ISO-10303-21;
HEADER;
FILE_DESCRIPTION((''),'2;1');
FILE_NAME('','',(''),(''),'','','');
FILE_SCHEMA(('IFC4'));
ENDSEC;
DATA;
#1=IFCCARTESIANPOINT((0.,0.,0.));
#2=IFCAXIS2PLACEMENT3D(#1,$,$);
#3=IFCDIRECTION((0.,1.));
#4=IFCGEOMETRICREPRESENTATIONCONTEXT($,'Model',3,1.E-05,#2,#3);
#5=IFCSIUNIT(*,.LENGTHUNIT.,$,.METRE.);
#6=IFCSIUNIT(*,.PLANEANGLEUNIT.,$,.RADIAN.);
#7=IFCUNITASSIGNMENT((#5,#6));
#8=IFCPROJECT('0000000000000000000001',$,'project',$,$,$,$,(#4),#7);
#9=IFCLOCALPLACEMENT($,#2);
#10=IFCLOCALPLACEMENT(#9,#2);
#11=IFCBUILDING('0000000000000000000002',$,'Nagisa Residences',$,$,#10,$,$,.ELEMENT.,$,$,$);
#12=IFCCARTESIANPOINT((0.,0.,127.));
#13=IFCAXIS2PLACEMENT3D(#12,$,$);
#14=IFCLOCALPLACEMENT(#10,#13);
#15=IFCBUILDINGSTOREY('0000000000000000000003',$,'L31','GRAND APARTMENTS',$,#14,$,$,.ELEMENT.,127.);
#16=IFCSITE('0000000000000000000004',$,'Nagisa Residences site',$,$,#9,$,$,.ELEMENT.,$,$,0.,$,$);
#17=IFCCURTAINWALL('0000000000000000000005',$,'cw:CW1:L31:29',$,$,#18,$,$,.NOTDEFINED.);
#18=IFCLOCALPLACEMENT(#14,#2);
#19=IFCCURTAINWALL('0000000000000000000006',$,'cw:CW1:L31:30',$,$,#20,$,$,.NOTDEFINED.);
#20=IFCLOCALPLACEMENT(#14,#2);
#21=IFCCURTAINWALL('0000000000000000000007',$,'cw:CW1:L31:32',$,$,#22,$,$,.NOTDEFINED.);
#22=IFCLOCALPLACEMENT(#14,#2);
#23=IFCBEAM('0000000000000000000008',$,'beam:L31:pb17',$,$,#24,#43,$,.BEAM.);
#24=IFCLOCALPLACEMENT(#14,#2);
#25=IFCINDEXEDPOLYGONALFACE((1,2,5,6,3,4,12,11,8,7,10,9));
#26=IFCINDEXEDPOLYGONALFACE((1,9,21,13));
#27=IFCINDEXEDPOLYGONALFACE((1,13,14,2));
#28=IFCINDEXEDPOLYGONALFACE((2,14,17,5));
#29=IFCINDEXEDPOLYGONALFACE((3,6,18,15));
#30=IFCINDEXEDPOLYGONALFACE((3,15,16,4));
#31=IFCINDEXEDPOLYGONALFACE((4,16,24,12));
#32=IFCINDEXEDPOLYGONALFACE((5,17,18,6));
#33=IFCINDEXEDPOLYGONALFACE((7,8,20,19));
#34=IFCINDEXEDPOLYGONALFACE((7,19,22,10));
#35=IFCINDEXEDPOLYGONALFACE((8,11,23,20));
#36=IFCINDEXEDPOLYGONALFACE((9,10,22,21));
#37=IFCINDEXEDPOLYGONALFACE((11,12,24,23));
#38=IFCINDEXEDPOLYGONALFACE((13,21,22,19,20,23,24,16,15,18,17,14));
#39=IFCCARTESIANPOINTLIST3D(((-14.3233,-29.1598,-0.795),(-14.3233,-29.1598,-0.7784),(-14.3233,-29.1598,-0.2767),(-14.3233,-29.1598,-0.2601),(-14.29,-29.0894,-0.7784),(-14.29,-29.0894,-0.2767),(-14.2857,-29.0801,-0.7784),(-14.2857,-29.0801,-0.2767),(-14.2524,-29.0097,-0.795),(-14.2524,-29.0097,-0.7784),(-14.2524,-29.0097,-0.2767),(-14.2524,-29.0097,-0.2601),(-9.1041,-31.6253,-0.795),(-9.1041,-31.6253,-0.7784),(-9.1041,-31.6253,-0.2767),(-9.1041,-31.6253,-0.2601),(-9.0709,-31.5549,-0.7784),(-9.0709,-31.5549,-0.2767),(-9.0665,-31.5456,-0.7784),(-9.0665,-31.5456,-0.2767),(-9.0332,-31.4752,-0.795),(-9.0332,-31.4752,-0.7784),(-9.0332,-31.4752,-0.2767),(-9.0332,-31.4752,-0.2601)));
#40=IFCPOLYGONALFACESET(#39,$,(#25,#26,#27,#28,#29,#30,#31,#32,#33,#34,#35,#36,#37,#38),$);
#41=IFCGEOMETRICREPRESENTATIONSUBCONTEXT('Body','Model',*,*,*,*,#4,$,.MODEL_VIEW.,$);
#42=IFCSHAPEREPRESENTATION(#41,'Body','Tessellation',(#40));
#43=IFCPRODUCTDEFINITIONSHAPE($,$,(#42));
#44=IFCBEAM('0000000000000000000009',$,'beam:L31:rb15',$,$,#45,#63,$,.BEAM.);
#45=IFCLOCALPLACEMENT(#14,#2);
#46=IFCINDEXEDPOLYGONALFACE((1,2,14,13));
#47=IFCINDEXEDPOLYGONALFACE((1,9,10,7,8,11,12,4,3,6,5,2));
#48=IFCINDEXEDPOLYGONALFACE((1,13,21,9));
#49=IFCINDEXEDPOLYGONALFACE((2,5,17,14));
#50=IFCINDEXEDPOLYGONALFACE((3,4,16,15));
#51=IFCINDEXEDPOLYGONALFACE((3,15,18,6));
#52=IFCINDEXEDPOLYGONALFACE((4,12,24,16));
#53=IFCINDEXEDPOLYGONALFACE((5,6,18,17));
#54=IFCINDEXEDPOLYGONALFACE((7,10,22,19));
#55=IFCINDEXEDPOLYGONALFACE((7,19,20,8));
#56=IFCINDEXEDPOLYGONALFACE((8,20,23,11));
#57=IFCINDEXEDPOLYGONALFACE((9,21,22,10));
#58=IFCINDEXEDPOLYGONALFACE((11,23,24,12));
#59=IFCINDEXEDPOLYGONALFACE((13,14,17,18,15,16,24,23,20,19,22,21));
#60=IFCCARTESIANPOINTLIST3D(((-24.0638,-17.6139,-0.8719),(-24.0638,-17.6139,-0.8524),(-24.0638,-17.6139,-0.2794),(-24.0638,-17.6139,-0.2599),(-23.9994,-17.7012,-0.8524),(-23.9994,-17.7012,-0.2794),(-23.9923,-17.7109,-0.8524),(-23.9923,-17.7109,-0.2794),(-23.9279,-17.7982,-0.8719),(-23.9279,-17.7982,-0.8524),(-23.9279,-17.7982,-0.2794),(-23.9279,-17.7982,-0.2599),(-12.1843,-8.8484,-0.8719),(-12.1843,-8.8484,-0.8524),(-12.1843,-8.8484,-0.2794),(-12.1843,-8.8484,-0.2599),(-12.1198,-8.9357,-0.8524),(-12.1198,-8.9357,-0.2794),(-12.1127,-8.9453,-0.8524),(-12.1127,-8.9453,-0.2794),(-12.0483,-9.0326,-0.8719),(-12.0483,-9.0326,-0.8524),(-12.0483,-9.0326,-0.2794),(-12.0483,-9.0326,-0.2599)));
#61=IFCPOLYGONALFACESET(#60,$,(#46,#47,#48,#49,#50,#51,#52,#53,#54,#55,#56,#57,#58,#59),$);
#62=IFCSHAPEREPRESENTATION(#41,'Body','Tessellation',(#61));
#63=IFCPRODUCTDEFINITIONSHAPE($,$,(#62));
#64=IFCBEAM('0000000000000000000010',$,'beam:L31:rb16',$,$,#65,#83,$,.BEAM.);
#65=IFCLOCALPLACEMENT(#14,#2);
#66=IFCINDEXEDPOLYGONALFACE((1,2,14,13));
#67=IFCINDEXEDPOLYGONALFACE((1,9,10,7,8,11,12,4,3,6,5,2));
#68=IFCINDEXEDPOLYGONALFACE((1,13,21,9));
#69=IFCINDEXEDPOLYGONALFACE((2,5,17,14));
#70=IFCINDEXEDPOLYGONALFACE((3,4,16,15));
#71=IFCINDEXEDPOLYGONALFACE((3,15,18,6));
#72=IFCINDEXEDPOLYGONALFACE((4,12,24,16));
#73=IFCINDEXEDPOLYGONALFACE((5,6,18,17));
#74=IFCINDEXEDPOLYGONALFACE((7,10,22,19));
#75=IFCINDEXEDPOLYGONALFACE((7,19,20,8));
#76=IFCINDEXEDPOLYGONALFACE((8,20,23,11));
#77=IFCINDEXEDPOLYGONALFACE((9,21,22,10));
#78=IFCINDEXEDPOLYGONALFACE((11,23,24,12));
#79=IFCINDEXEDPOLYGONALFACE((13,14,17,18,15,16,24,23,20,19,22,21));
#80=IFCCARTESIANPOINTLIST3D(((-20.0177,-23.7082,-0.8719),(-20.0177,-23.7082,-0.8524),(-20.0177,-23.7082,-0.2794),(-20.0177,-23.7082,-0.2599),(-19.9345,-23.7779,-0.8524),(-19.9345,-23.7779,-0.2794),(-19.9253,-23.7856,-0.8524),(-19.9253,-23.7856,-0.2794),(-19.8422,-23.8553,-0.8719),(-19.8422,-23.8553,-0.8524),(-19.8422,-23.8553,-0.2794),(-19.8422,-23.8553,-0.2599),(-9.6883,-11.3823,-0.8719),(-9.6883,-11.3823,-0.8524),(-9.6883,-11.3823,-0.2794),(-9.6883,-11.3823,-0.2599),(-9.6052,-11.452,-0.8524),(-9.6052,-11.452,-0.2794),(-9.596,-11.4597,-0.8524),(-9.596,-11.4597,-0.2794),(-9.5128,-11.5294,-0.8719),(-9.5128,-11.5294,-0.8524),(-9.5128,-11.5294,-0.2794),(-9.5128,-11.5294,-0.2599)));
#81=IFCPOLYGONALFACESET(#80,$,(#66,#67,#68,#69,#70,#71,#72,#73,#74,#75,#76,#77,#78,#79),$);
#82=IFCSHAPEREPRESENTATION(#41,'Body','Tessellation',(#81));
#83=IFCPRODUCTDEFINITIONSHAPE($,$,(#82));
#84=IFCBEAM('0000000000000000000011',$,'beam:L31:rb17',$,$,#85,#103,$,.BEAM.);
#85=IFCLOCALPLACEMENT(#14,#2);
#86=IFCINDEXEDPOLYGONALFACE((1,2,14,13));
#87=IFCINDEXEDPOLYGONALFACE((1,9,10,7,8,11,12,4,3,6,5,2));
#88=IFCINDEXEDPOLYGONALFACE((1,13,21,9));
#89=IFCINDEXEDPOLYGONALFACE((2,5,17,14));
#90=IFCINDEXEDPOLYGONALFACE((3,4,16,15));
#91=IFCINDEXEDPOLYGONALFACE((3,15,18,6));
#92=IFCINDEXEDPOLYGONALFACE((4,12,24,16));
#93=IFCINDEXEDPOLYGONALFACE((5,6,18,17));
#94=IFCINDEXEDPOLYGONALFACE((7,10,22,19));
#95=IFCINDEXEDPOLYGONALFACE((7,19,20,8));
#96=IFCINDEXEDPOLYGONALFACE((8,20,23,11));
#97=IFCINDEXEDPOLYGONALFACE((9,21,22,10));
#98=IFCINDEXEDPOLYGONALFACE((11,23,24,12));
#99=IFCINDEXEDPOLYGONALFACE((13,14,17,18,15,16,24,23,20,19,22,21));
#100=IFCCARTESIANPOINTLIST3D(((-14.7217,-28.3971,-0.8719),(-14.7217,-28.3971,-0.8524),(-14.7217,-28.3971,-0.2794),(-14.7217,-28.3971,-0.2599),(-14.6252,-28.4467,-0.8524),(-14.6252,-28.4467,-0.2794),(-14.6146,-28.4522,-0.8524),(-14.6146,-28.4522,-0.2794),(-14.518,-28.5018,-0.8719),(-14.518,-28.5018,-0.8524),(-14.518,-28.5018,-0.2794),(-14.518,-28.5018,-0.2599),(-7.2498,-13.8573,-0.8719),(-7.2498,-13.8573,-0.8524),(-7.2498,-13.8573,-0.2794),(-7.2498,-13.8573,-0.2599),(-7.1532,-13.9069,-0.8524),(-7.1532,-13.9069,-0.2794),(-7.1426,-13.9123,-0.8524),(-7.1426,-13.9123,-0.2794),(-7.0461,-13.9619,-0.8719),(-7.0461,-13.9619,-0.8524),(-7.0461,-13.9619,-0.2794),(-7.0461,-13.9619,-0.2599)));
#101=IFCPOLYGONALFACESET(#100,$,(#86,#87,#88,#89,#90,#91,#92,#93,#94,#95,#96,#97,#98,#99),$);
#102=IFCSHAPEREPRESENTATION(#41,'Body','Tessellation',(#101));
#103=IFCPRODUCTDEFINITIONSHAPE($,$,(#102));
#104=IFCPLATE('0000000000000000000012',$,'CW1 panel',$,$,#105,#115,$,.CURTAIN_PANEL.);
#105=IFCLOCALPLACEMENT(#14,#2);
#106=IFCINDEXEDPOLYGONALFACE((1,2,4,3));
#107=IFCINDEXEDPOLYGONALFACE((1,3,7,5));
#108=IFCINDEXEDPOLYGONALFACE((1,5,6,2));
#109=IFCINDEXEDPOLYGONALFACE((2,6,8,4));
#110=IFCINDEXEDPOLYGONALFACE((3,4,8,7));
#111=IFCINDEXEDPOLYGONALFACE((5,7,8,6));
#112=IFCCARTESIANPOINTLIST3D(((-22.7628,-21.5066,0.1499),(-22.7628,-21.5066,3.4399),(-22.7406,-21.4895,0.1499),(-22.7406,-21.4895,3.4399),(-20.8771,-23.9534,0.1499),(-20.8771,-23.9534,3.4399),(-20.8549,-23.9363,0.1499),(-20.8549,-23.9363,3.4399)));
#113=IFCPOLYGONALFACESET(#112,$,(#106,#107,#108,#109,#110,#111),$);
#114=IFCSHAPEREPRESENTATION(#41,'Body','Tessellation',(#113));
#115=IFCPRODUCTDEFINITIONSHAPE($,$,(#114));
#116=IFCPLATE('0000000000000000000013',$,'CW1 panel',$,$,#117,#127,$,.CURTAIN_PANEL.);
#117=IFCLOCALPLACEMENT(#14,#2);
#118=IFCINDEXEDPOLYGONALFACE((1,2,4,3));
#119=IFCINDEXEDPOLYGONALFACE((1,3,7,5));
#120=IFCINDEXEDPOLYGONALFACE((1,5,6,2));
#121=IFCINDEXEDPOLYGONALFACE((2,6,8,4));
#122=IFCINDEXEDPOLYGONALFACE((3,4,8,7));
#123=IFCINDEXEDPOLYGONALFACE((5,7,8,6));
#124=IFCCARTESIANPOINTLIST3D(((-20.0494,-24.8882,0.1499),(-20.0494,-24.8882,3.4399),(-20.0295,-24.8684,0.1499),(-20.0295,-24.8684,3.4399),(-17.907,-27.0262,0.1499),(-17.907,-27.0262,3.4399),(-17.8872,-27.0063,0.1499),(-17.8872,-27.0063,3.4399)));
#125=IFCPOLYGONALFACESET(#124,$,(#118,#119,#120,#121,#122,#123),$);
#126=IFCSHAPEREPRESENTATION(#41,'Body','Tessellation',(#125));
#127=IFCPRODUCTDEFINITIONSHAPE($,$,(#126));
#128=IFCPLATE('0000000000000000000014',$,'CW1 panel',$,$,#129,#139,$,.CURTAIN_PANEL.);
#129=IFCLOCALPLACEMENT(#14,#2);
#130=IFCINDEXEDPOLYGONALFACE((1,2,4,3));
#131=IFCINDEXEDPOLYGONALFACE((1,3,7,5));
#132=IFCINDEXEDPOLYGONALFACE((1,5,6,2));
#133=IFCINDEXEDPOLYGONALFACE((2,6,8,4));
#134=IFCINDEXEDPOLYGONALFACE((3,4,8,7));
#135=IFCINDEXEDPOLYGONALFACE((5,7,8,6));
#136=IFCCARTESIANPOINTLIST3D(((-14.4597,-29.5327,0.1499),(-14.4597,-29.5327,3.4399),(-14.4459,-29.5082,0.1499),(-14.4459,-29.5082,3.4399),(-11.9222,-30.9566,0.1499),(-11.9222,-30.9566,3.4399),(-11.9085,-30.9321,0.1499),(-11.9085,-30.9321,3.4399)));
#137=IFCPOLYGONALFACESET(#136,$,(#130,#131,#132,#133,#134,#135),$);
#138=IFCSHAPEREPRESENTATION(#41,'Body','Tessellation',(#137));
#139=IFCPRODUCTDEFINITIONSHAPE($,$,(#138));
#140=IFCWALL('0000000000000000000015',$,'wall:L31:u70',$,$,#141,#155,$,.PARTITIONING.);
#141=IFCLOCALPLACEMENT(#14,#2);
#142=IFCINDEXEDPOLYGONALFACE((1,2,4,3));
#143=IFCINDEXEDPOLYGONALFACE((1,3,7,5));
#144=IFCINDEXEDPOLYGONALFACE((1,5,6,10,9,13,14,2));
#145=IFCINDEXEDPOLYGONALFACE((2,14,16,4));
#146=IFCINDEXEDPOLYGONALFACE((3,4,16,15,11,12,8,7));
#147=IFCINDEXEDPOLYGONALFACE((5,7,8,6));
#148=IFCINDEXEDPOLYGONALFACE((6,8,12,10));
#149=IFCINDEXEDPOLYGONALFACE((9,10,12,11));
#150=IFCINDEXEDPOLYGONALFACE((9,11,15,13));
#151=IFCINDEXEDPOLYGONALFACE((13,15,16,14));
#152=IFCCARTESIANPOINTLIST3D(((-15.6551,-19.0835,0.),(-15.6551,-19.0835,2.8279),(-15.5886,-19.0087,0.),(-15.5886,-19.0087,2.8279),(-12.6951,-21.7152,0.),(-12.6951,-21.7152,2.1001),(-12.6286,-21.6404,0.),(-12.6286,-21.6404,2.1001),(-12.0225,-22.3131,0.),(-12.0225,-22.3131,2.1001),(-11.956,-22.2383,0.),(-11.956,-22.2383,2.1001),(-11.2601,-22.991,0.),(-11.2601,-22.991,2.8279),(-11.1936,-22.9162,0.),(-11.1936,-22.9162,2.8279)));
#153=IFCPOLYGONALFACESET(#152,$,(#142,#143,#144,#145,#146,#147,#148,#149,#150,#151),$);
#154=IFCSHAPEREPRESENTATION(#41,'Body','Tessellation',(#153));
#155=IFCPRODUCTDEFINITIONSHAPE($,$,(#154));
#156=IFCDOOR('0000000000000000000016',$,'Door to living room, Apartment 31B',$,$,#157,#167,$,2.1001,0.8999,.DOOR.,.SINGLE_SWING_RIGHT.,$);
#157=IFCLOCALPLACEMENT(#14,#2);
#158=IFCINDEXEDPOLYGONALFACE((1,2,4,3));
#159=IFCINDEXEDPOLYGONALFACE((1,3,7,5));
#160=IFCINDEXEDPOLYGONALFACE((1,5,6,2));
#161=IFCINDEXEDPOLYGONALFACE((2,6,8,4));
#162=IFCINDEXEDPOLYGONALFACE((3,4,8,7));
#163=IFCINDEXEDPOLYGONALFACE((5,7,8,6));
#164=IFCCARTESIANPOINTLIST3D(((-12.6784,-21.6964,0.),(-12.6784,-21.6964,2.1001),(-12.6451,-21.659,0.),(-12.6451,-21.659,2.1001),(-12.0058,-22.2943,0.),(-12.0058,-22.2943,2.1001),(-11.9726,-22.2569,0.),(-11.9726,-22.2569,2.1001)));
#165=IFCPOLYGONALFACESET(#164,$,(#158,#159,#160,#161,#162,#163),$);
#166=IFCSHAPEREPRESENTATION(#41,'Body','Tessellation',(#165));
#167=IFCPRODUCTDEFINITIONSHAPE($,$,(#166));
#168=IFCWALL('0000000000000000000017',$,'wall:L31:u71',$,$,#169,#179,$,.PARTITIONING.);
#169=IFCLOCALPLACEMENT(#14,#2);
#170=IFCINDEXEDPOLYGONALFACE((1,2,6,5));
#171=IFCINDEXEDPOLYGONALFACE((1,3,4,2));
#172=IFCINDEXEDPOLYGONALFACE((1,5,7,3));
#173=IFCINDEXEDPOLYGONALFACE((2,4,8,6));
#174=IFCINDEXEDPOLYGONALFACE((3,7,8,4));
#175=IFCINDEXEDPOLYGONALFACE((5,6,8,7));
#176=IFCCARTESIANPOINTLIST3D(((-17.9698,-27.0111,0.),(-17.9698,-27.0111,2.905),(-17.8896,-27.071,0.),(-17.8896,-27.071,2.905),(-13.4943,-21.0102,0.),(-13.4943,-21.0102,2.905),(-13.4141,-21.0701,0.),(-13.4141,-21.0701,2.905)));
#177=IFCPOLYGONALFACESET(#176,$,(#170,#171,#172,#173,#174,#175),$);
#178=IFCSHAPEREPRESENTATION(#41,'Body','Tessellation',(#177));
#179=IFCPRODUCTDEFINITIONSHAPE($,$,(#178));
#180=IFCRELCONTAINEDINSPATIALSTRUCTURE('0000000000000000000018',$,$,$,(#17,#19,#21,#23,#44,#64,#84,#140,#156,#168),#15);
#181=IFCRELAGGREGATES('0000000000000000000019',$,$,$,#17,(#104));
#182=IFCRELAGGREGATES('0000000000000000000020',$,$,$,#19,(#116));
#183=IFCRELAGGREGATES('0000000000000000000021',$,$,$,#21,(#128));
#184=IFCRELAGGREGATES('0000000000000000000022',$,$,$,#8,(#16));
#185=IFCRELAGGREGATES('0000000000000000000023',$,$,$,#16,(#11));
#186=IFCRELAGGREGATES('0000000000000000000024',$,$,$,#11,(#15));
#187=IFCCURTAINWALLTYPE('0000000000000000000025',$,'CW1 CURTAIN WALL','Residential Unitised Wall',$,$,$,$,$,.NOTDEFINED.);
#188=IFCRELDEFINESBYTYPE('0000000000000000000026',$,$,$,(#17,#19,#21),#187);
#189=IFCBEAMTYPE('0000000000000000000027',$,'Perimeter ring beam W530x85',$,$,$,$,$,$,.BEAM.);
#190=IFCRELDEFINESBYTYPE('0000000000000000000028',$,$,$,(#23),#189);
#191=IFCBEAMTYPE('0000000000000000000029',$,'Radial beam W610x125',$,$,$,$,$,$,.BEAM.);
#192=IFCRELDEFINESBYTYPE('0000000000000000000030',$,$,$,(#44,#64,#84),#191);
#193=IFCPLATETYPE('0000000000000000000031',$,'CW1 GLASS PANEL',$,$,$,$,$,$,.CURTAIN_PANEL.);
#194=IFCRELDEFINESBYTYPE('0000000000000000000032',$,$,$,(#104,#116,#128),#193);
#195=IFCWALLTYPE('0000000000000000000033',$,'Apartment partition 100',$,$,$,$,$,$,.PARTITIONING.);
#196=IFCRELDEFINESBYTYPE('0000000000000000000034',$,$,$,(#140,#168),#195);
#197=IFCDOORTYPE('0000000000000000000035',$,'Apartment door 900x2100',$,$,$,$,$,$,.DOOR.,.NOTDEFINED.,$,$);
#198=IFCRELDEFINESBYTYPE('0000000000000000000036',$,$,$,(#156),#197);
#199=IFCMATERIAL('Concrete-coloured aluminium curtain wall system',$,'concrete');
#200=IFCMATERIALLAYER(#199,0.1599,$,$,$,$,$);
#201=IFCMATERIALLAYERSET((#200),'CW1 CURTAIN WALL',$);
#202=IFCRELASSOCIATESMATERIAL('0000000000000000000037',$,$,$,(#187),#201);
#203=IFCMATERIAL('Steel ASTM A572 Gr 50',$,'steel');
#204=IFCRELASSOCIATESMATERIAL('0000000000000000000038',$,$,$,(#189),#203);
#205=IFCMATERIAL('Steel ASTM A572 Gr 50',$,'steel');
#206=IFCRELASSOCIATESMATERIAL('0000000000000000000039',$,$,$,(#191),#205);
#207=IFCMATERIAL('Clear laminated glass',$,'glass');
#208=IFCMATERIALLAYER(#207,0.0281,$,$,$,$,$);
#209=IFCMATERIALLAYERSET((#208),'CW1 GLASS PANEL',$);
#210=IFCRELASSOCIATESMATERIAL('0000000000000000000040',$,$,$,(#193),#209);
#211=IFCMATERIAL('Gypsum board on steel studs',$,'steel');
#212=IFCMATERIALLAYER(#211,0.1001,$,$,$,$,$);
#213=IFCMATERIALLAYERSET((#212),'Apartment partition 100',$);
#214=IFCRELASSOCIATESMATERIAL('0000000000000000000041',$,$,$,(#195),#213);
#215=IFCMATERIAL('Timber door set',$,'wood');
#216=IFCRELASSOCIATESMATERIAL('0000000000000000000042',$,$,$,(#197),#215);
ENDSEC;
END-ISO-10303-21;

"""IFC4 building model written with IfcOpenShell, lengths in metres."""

from ifc_helpers import new_model, si_unit, direction, frame, frame_2d, origin, origin_2d, place, context, subcontext, project, spatial, rectangle, i_section, extrude, material, layer, layer_set, material_profile, profile_set, type_object, element, fill, aggregate, save


model = new_model("IFC4")

# Units and contexts
model_context = context("Model", 3, precision=1e-05, world=origin(), true_north=direction((0.0, 1.0)))
body_context = subcontext(model_context, "Body", "Model", "MODEL_VIEW")
ifc_project = project(units=[si_unit("LENGTHUNIT", "METRE"), si_unit("PLANEANGLEUNIT", "RADIAN")], contexts=[model_context])

# Site, building, storey
site_placement = place(None, origin())
site = spatial("IfcSite", under=ifc_project, at=site_placement, Name="Nagisa Residences site", CompositionType="ELEMENT", RefElevation=0.0)
building_placement = place(site_placement, origin())
building = spatial("IfcBuilding", under=site, at=building_placement, Name="Nagisa Residences", CompositionType="ELEMENT")
storey_placement = place(building_placement, frame((0.0, 0.0, 127.0)))
storey = spatial("IfcBuildingStorey", under=building, at=storey_placement, Name="L31", Description="GRAND APARTMENTS", CompositionType="ELEMENT", Elevation=127.0)

# Curtain walls
ifc_material_1 = material(Name="Concrete-coloured aluminium curtain wall system", Category="concrete")
ifc_layer_1 = layer(ifc_material_1, 0.1599)
ifc_layer_set_1 = layer_set([ifc_layer_1], Name="CW1 CURTAIN WALL")
curtain_wall_type = type_object("IfcCurtainWallType", Name="CW1 CURTAIN WALL", Description="Residential Unitised Wall", PredefinedType="NOTDEFINED", material=ifc_layer_set_1)
curtain_wall_1_placement = place(storey_placement, origin())
curtain_wall_1 = element("IfcCurtainWall", 1, at=curtain_wall_1_placement, inside=storey, type_object=curtain_wall_type, Name="cw:CW1:L31:29", PredefinedType="NOTDEFINED")
curtain_wall_2_placement = place(storey_placement, origin())
curtain_wall_2 = element("IfcCurtainWall", 2, at=curtain_wall_2_placement, inside=storey, type_object=curtain_wall_type, Name="cw:CW1:L31:30", PredefinedType="NOTDEFINED")
curtain_wall_3_placement = place(storey_placement, origin())
curtain_wall_3 = element("IfcCurtainWall", 3, at=curtain_wall_3_placement, inside=storey, type_object=curtain_wall_type, Name="cw:CW1:L31:32", PredefinedType="NOTDEFINED")

# Beams
ifc_material_2 = material(Name="Steel ASTM A572 Gr 50", Category="steel")
ifc_material_profile_1 = material_profile(ifc_material_2, i_section(OverallWidth=0.166, OverallDepth=0.5349, WebThickness=0.0103, FlangeThickness=0.0166, at=origin_2d()), Name="W530x85")
ifc_profile_set_1 = profile_set([ifc_material_profile_1], Name="Steel ASTM A572 Gr 50")
beam_type_1 = type_object("IfcBeamType", Name="Perimeter ring beam W530x85", PredefinedType="BEAM", material=ifc_profile_set_1)
beam_1_placement = place(storey_placement, frame((-14.2878, -29.0847, -0.5276), z_axis=(0.904186, -0.427139, 0.0), x_axis=(0.427139, 0.904186, 0.0)))
element("IfcBeam", 4, at=beam_1_placement, inside=storey, type_object=beam_type_1, Name="beam:L31:pb17", PredefinedType="BEAM", context=body_context, shape_type="SweptSolid", body=[
    extrude(i_section(OverallWidth=0.166, OverallDepth=0.5349, WebThickness=0.0103, FlangeThickness=0.0166, at=origin_2d()), origin(), (0.0, 0.0, 1.0), 5.7722),
])
ifc_material_3 = material(Name="Steel ASTM A572 Gr 50", Category="steel")
ifc_material_profile_2 = material_profile(ifc_material_3, i_section(OverallWidth=0.229, OverallDepth=0.6121, WebThickness=0.012, FlangeThickness=0.0195, at=origin_2d()), Name="W610x125")
ifc_profile_set_2 = profile_set([ifc_material_profile_2], Name="Steel ASTM A572 Gr 50")
beam_type_2 = type_object("IfcBeamType", Name="Radial beam W610x125", PredefinedType="BEAM", material=ifc_profile_set_2)
beam_2_placement = place(storey_placement, frame((-23.9958, -17.7061, -0.5659), z_axis=(0.804661, 0.593735, 0.0), x_axis=(-0.593735, 0.804661, 0.0)))
element("IfcBeam", 5, at=beam_2_placement, inside=storey, type_object=beam_type_2, Name="beam:L31:rb15", PredefinedType="BEAM", context=body_context, shape_type="SweptSolid", body=[
    extrude(i_section(OverallWidth=0.229, OverallDepth=0.6121, WebThickness=0.012, FlangeThickness=0.0195, at=origin_2d()), origin(), (0.0, 0.0, 1.0), 14.7634),
])
beam_3_placement = place(storey_placement, frame((-19.9299, -23.7817, -0.5659), z_axis=(0.642301, 0.766453, 0.0), x_axis=(-0.766453, 0.642301, 0.0)))
element("IfcBeam", 6, at=beam_3_placement, inside=storey, type_object=beam_type_2, Name="beam:L31:rb16", PredefinedType="BEAM", context=body_context, shape_type="SweptSolid", body=[
    extrude(i_section(OverallWidth=0.229, OverallDepth=0.6121, WebThickness=0.012, FlangeThickness=0.0195, at=origin_2d()), origin(), (0.0, 0.0, 1.0), 16.0818),
])
beam_4_placement = place(storey_placement, frame((-14.6199, -28.4495, -0.5659), z_axis=(0.457073, 0.889429, 0.0), x_axis=(-0.889429, 0.457073, 0.0)))
element("IfcBeam", 7, at=beam_4_placement, inside=storey, type_object=beam_type_2, Name="beam:L31:rb17", PredefinedType="BEAM", context=body_context, shape_type="SweptSolid", body=[
    extrude(i_section(OverallWidth=0.229, OverallDepth=0.6121, WebThickness=0.012, FlangeThickness=0.0195, at=origin_2d()), origin(), (0.0, 0.0, 1.0), 16.3474),
])

# Plates
ifc_material_4 = material(Name="Clear laminated glass", Category="glass")
ifc_layer_2 = layer(ifc_material_4, 0.0281)
ifc_layer_set_2 = layer_set([ifc_layer_2], Name="CW1 GLASS PANEL")
plate_type = type_object("IfcPlateType", Name="CW1 GLASS PANEL", PredefinedType="CURTAIN_PANEL", material=ifc_layer_set_2)
plate_1_placement = place(storey_placement, frame((-21.8088, -22.7214, 0.1499), z_axis=(0.0, 0.0, 1.0), x_axis=(0.61043, -0.79207, 0.0)))
plate_1 = element("IfcPlate", 8, at=plate_1_placement, type_object=plate_type, Name="CW1 panel", PredefinedType="CURTAIN_PANEL", context=body_context, shape_type="SweptSolid", body=[
    extrude(rectangle(XDim=3.0891, YDim=0.0281, at=origin_2d()), origin(), (0.0, 0.0, 1.0), 3.29),
])
aggregate(curtain_wall_1, [plate_1])
plate_2_placement = place(storey_placement, frame((-18.9683, -25.9473, 0.1499), z_axis=(0.0, 0.0, 1.0), x_axis=(0.707836, -0.706377, 0.0)))
plate_2 = element("IfcPlate", 9, at=plate_2_placement, type_object=plate_type, Name="CW1 panel", PredefinedType="CURTAIN_PANEL", context=body_context, shape_type="SweptSolid", body=[
    extrude(rectangle(XDim=3.0266, YDim=0.0281, at=origin_2d()), origin(), (0.0, 0.0, 1.0), 3.29),
])
aggregate(curtain_wall_2, [plate_2])
plate_3_placement = place(storey_placement, frame((-13.1841, -30.2324, 0.1499), z_axis=(0.0, 0.0, 1.0), x_axis=(0.872072, -0.489377, 0.0)))
plate_3 = element("IfcPlate", 10, at=plate_3_placement, type_object=plate_type, Name="CW1 panel", PredefinedType="CURTAIN_PANEL", context=body_context, shape_type="SweptSolid", body=[
    extrude(rectangle(XDim=2.9097, YDim=0.0281, at=origin_2d()), origin(), (0.0, 0.0, 1.0), 3.29),
])
aggregate(curtain_wall_3, [plate_3])

# Wall, opening, door
ifc_material_5 = material(Name="Gypsum board on steel studs", Category="steel")
ifc_layer_3 = layer(ifc_material_5, 0.1001)
ifc_layer_set_3 = layer_set([ifc_layer_3], Name="Apartment partition 100")
wall_type_1 = type_object("IfcWallType", Name="Apartment partition 100", PredefinedType="PARTITIONING", material=ifc_layer_set_3)
wall_1_placement = place(storey_placement, frame((-15.6218, -19.0461, 0.0), z_axis=(0.0, 0.0, 1.0), x_axis=(0.747343, -0.664439, 0.0)))
wall_1 = element("IfcWall", 11, at=wall_1_placement, inside=storey, type_object=wall_type_1, Name="wall:L31:u70", PredefinedType="PARTITIONING", context=body_context, shape_type="SweptSolid", body=[
    extrude(rectangle(XDim=5.8809, YDim=0.1001, at=frame_2d((2.9404, 0.0))), origin(), (0.0, 0.0, 1.0), 2.8279),
])
opening_1_placement = place(wall_1_placement, frame((3.9607, 0.0, 0.0)))
opening_1 = element("IfcOpeningElement", 12, at=opening_1_placement, cuts=wall_1, PredefinedType="OPENING", context=body_context, shape_type="SweptSolid", body=[
    extrude(rectangle(XDim=0.8999, YDim=2.1001, at=frame_2d((0.45, 1.05))), frame((0.0, 0.0601, 0.0), z_axis=(0.0, -1.0, 0.0), x_axis=(1.0, 0.0, 0.0)), (0.0, 0.0, 1.0), 0.1201),
])
ifc_material_6 = material(Name="Timber door set", Category="wood")
door_type_1 = type_object("IfcDoorType", Name="Apartment door 900x2100", OperationType="NOTDEFINED", PredefinedType="DOOR", material=ifc_material_6)
door_1_placement = place(opening_1_placement, frame((0.8999, 0.0, 0.0), x_axis=(-1.0, 0.0, 0.0)))
door_1 = element("IfcDoor", 13, at=door_1_placement, inside=storey, type_object=door_type_1, Name="Door to living room, Apartment 31B", OperationType="SINGLE_SWING_RIGHT", OverallHeight=2.1001, OverallWidth=0.8999, PredefinedType="DOOR", context=body_context, shape_type="SweptSolid", body=[
    extrude(rectangle(XDim=0.8999, YDim=2.1001, at=frame_2d((0.45, 1.05))), frame((0.0, 0.0249, 0.0), z_axis=(0.0, -1.0, 0.0), x_axis=(1.0, 0.0, 0.0)), (0.0, 0.0, 1.0), 0.05),
])
fill(opening_1, door_1)

# Wall
wall_2_placement = place(storey_placement, frame((-13.4541, -21.04, 0.0), z_axis=(0.0, 0.0, 1.0), x_axis=(-0.597848, -0.801609, 0.0)))
element("IfcWall", 14, at=wall_2_placement, inside=storey, type_object=wall_type_1, Name="wall:L31:u71", PredefinedType="PARTITIONING", context=body_context, shape_type="SweptSolid", body=[
    extrude(rectangle(XDim=7.4861, YDim=0.1001, at=frame_2d((3.7432, 0.0))), origin(), (0.0, 0.0, 1.0), 2.905),
])

save(model, "model.ifc")
